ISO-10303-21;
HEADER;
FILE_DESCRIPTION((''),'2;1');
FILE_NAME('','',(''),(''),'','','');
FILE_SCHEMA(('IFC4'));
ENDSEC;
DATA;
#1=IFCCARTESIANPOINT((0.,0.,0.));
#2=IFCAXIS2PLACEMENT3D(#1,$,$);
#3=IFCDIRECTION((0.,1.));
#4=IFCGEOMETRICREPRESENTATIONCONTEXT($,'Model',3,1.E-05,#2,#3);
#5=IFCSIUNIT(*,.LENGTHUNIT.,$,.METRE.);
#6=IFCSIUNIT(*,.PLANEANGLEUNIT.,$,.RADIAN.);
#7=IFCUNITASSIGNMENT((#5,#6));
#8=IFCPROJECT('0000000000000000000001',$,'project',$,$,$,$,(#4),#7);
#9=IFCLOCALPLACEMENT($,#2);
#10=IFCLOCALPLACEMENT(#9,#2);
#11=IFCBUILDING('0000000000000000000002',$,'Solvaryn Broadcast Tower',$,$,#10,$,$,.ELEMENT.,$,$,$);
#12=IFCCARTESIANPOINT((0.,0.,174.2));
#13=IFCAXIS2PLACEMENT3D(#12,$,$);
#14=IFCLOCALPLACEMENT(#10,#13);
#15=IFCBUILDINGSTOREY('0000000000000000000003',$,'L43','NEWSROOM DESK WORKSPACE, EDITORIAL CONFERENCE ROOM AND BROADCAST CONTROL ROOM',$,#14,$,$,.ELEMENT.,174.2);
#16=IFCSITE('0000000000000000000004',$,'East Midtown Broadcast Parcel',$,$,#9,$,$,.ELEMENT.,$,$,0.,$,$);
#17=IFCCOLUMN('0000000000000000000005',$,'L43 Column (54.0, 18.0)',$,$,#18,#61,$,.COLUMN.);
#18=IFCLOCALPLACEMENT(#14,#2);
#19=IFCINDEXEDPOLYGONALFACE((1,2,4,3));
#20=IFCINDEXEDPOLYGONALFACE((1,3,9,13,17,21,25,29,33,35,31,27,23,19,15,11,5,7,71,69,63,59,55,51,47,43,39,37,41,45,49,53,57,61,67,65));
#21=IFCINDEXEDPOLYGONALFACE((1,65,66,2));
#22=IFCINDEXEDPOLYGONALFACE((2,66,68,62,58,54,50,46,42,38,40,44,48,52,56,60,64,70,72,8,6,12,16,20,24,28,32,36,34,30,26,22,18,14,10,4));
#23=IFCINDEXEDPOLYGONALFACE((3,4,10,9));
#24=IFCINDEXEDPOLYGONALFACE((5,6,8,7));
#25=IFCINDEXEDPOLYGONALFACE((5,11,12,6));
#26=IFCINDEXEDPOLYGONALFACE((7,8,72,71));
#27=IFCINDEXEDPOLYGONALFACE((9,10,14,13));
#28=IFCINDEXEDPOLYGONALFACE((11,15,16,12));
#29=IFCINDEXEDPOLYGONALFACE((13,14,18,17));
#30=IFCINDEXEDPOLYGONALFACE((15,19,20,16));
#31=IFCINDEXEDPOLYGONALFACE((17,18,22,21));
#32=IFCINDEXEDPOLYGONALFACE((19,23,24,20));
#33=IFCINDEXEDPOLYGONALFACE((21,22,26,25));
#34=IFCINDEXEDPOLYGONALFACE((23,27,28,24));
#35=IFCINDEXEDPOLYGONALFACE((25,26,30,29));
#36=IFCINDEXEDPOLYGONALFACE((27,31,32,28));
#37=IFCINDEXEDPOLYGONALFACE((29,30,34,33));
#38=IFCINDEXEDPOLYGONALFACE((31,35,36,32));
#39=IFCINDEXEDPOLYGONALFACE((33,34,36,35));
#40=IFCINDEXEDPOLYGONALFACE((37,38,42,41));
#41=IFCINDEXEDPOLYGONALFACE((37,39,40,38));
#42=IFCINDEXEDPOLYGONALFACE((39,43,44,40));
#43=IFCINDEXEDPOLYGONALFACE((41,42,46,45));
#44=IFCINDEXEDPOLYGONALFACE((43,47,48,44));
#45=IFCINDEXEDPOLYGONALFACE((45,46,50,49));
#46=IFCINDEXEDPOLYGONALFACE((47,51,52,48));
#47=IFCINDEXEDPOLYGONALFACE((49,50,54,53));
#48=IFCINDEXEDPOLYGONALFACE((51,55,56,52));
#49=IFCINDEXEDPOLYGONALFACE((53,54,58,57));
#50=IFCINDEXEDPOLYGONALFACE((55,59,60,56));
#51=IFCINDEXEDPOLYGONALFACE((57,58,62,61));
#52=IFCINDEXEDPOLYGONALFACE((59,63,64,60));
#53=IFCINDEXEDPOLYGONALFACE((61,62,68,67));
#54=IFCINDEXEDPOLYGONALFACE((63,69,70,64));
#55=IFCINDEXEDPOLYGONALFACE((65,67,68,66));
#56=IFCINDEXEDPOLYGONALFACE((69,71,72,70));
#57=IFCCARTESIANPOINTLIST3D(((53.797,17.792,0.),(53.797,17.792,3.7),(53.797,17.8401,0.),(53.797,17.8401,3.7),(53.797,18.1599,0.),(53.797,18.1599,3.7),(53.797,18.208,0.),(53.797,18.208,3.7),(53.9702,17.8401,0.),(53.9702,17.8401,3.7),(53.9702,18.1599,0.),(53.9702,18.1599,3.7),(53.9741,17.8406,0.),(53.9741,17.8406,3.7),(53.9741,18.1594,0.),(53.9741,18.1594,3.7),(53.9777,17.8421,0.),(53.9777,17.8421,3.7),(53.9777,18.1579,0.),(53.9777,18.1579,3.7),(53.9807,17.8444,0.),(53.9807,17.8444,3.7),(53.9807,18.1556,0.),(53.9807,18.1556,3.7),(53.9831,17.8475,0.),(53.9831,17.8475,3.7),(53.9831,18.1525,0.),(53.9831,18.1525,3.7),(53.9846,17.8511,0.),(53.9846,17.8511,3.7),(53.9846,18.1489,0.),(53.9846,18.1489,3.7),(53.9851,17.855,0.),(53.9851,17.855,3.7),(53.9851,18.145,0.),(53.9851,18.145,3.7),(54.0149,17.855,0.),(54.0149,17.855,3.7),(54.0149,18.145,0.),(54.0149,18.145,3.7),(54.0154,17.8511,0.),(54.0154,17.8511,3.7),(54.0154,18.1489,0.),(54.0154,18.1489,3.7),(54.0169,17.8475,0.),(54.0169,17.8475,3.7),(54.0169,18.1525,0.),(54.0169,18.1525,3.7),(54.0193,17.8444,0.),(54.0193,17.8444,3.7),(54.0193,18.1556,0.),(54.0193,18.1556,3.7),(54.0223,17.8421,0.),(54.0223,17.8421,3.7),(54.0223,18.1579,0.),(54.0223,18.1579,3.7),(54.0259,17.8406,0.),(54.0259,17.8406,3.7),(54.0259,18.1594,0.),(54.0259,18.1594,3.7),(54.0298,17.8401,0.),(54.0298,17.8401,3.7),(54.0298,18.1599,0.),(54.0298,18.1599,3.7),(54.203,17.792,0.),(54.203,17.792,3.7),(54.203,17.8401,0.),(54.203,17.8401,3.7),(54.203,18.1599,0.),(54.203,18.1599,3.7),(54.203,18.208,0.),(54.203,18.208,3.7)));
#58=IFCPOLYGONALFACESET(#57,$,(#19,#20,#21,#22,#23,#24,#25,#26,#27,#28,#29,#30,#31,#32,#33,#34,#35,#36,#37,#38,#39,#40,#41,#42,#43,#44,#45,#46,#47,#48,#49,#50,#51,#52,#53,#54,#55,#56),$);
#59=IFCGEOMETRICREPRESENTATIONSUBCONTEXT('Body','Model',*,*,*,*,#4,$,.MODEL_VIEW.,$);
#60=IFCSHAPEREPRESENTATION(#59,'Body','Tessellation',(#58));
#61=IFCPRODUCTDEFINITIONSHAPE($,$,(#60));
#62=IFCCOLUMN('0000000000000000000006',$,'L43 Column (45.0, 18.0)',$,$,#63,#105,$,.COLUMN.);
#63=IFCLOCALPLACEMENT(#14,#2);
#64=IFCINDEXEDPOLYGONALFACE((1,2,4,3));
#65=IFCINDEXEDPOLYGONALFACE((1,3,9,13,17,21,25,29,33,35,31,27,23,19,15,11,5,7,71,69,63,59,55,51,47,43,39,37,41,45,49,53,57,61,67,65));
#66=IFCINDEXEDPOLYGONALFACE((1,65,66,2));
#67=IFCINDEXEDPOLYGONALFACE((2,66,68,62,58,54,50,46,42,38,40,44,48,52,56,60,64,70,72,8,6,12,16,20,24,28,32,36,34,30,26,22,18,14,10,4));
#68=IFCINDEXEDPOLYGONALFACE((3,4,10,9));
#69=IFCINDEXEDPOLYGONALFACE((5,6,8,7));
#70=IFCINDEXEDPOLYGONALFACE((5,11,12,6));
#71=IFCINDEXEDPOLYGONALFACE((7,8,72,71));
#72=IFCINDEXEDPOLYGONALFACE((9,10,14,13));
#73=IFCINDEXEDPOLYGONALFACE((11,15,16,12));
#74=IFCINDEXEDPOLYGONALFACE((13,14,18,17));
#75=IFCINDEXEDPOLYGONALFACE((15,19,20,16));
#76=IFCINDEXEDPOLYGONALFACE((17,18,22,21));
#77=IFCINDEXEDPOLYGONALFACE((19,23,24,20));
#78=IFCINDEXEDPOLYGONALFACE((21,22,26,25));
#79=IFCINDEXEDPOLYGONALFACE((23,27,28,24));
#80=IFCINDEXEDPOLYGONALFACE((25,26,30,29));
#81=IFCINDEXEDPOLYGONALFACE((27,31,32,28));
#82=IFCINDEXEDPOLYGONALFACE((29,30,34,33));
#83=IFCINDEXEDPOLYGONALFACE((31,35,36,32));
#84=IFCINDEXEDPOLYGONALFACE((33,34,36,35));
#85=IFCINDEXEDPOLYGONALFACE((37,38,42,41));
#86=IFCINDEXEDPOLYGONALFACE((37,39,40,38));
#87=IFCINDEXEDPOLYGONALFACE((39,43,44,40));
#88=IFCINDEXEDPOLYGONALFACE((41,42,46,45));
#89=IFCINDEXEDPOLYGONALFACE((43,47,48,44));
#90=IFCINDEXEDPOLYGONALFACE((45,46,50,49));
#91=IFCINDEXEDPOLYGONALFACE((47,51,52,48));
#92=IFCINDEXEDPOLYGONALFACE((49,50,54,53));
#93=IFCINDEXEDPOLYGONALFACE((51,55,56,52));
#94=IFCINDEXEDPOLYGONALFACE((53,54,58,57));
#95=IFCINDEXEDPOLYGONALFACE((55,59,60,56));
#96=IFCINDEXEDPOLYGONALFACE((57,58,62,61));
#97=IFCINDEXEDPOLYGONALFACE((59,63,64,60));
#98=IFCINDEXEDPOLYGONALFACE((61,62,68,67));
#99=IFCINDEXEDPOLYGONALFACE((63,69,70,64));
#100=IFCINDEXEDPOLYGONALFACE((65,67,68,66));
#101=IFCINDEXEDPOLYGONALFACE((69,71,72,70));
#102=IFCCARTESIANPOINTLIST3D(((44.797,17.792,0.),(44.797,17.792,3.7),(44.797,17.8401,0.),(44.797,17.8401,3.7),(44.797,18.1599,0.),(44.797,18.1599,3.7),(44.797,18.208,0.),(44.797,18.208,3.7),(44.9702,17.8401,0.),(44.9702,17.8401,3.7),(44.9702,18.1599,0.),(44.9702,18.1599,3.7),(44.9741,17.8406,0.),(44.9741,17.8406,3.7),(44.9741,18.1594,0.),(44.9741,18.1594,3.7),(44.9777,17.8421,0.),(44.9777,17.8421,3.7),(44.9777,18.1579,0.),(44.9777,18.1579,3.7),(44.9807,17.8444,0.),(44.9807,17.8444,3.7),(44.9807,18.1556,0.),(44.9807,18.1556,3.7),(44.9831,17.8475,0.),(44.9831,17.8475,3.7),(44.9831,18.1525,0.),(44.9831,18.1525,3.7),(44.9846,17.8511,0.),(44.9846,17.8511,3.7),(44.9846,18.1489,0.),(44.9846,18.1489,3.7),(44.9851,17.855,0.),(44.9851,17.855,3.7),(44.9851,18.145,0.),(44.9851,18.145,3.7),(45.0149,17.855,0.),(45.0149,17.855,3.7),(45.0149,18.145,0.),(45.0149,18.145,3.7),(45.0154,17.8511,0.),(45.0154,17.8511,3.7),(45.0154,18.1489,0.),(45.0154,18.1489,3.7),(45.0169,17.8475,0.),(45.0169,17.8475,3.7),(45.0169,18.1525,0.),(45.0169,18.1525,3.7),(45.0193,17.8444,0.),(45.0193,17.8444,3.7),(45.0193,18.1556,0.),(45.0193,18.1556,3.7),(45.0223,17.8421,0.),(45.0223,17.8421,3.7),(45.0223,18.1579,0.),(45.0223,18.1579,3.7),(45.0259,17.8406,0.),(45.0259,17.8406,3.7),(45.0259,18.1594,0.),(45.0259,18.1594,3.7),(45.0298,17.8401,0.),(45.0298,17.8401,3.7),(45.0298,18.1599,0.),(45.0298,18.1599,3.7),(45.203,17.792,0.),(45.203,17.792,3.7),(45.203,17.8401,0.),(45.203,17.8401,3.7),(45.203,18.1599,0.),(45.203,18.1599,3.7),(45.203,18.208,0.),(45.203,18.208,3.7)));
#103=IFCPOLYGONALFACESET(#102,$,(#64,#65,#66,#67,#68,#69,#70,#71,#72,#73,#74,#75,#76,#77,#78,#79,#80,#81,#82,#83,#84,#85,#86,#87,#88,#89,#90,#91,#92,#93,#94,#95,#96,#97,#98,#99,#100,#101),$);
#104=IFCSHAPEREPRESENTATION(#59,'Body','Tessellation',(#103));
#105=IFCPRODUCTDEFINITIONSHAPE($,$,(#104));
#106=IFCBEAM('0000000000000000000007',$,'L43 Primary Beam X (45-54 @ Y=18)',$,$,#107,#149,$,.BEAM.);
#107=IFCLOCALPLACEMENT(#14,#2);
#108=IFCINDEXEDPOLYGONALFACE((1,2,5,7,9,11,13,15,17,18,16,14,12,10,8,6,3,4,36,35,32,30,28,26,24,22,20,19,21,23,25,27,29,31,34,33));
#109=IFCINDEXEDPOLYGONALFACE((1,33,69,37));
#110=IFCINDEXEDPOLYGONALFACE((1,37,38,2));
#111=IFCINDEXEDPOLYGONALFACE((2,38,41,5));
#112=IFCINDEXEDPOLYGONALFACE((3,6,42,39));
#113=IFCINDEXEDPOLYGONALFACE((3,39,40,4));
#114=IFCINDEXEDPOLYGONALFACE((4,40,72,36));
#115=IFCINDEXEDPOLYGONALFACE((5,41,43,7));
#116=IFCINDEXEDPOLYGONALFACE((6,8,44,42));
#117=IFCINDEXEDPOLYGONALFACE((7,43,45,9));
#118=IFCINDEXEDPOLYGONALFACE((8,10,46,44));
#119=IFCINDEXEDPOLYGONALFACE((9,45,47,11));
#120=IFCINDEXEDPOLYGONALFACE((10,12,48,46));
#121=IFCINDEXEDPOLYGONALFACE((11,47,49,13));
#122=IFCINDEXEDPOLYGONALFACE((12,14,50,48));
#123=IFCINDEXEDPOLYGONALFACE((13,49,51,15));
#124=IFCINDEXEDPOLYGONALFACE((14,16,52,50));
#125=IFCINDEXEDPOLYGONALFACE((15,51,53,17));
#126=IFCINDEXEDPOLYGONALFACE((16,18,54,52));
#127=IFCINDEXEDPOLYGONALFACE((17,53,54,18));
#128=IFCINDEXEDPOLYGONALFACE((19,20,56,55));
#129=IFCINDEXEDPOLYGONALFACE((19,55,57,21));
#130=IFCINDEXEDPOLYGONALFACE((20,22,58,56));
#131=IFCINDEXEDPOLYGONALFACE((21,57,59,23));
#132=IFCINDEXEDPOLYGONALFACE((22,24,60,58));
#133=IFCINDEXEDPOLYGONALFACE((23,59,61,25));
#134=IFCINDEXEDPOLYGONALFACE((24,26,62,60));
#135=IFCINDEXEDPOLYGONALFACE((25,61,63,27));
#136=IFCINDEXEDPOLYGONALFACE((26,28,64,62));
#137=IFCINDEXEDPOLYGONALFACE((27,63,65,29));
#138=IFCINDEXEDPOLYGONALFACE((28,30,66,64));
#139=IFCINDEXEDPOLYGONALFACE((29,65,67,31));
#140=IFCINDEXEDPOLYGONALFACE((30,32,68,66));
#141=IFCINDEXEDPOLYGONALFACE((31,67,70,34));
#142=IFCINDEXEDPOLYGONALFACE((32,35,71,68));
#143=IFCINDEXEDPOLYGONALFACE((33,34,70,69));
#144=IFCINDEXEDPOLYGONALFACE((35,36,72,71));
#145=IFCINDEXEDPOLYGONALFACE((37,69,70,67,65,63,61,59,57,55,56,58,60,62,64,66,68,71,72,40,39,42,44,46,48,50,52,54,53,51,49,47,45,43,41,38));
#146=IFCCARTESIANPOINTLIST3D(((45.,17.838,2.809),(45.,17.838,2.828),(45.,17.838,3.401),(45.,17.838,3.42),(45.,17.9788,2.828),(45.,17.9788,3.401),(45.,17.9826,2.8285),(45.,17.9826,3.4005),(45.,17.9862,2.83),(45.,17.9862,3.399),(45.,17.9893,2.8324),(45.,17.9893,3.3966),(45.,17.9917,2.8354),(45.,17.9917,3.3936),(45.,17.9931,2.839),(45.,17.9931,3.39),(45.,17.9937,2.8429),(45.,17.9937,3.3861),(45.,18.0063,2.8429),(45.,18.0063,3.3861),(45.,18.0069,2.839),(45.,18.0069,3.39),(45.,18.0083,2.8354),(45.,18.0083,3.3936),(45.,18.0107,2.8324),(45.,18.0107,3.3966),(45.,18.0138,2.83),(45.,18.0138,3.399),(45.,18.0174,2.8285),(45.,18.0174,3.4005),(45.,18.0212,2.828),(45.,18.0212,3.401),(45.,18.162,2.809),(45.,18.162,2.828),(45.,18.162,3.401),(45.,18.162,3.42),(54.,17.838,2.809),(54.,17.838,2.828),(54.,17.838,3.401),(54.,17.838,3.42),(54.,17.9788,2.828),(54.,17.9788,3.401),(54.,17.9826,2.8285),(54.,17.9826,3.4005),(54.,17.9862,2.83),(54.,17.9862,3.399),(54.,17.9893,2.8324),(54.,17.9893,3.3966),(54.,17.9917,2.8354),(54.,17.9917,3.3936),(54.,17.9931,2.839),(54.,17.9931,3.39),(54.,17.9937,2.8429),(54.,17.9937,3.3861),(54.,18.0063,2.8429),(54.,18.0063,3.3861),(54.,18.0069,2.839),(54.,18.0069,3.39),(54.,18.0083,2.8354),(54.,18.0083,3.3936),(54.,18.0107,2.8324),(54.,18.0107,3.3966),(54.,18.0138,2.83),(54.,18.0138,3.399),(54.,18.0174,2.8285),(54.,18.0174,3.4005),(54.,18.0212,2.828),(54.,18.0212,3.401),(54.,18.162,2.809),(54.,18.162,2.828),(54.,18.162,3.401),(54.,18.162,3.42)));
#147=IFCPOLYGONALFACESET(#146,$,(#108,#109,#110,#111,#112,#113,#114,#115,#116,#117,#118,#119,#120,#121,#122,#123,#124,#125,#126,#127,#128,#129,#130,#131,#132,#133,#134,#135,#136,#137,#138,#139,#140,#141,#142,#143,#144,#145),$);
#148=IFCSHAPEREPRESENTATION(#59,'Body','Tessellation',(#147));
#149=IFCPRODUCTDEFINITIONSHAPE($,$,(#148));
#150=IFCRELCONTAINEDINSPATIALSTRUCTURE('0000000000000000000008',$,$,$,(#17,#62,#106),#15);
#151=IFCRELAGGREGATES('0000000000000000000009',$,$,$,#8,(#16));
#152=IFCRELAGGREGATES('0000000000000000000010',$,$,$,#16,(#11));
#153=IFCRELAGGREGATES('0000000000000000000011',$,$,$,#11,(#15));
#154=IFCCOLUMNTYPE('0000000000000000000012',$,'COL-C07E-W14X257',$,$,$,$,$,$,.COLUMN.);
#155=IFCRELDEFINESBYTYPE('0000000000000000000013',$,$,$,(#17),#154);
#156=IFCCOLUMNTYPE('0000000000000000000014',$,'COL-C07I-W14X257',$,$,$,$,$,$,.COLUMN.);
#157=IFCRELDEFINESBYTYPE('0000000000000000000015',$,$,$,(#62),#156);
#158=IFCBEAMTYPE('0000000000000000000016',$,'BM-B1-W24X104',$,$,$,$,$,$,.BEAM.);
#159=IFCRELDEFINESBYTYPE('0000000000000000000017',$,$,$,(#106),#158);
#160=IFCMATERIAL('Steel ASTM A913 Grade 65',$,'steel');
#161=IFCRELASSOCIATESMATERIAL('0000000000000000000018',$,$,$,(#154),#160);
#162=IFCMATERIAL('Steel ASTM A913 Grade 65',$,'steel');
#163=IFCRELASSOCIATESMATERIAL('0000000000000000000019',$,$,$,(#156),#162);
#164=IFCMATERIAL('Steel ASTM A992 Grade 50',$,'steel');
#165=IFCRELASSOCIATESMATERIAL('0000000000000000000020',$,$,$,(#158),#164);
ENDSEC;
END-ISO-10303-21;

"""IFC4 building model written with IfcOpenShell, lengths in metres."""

from ifc_helpers import new_model, si_unit, direction, frame, origin, origin_2d, place, context, subcontext, project, spatial, i_section, extrude, material, material_profile, profile_set, type_object, element, save


model = new_model("IFC4")

# Units and contexts
model_context = context("Model", 3, precision=1e-05, world=origin(), true_north=direction((0.0, 1.0)))
body_context = subcontext(model_context, "Body", "Model", "MODEL_VIEW")
ifc_project = project(units=[si_unit("LENGTHUNIT", "METRE"), si_unit("PLANEANGLEUNIT", "RADIAN")], contexts=[model_context])

# Site, building, storey
site_placement = place(None, origin())
site = spatial("IfcSite", under=ifc_project, at=site_placement, Name="East Midtown Broadcast Parcel", CompositionType="ELEMENT", RefElevation=0.0)
building_placement = place(site_placement, origin())
building = spatial("IfcBuilding", under=site, at=building_placement, Name="Solvaryn Broadcast Tower", CompositionType="ELEMENT")
storey_placement = place(building_placement, frame((0.0, 0.0, 174.2)))
storey = spatial("IfcBuildingStorey", under=building, at=storey_placement, Name="L43", Description="NEWSROOM DESK WORKSPACE, EDITORIAL CONFERENCE ROOM AND BROADCAST CONTROL ROOM", CompositionType="ELEMENT", Elevation=174.2)

# Columns
ifc_material_1 = material(Name="Steel ASTM A913 Grade 65", Category="steel")
ifc_material_profile_1 = material_profile(ifc_material_1, i_section(OverallWidth=0.406, OverallDepth=0.416, WebThickness=0.0298, FlangeThickness=0.0481, FilletRadius=0.0149, at=origin_2d()))
ifc_profile_set_1 = profile_set([ifc_material_profile_1], Name="Steel ASTM A913 Grade 65")
column_type_1 = type_object("IfcColumnType", Name="COL-C07E-W14X257", PredefinedType="COLUMN", material=ifc_profile_set_1)
column_1_placement = place(storey_placement, frame((54.0, 18.0, 0.0), z_axis=(0.0, 0.0, 1.0), x_axis=(1.0, 0.0, 0.0)))
element("IfcColumn", 1, at=column_1_placement, inside=storey, type_object=column_type_1, Name="L43 Column (54.0, 18.0)", PredefinedType="COLUMN", context=body_context, shape_type="SweptSolid", body=[
    extrude(i_section(OverallWidth=0.406, OverallDepth=0.416, WebThickness=0.0298, FlangeThickness=0.0481, FilletRadius=0.0149, at=origin_2d()), origin(), (0.0, 0.0, 1.0), 3.7),
])
ifc_material_2 = material(Name="Steel ASTM A913 Grade 65", Category="steel")
ifc_material_profile_2 = material_profile(ifc_material_2, i_section(OverallWidth=0.406, OverallDepth=0.416, WebThickness=0.0298, FlangeThickness=0.0481, FilletRadius=0.0149, at=origin_2d()))
ifc_profile_set_2 = profile_set([ifc_material_profile_2], Name="Steel ASTM A913 Grade 65")
column_type_2 = type_object("IfcColumnType", Name="COL-C07I-W14X257", PredefinedType="COLUMN", material=ifc_profile_set_2)
column_2_placement = place(storey_placement, frame((45.0, 18.0, 0.0), z_axis=(0.0, 0.0, 1.0), x_axis=(1.0, 0.0, 0.0)))
element("IfcColumn", 2, at=column_2_placement, inside=storey, type_object=column_type_2, Name="L43 Column (45.0, 18.0)", PredefinedType="COLUMN", context=body_context, shape_type="SweptSolid", body=[
    extrude(i_section(OverallWidth=0.406, OverallDepth=0.416, WebThickness=0.0298, FlangeThickness=0.0481, FilletRadius=0.0149, at=origin_2d()), origin(), (0.0, 0.0, 1.0), 3.7),
])

# Beam
ifc_material_3 = material(Name="Steel ASTM A992 Grade 50", Category="steel")
ifc_material_profile_3 = material_profile(ifc_material_3, i_section(OverallWidth=0.324, OverallDepth=0.6111, WebThickness=0.0127, FlangeThickness=0.019, FilletRadius=0.0149, at=origin_2d()))
ifc_profile_set_3 = profile_set([ifc_material_profile_3], Name="Steel ASTM A992 Grade 50")
beam_type = type_object("IfcBeamType", Name="BM-B1-W24X104", PredefinedType="BEAM", material=ifc_profile_set_3)
beam_placement = place(storey_placement, frame((45.0, 18.0, 3.1145), z_axis=(1.0, 0.0, 0.0), x_axis=(0.0, 1.0, 0.0)))
element("IfcBeam", 3, at=beam_placement, inside=storey, type_object=beam_type, Name="L43 Primary Beam X (45-54 @ Y=18)", PredefinedType="BEAM", context=body_context, shape_type="SweptSolid", body=[
    extrude(i_section(OverallWidth=0.324, OverallDepth=0.6111, WebThickness=0.0127, FlangeThickness=0.019, FilletRadius=0.0149, at=origin_2d()), origin(), (0.0, 0.0, 1.0), 9.0),
])

save(model, "model.ifc")
